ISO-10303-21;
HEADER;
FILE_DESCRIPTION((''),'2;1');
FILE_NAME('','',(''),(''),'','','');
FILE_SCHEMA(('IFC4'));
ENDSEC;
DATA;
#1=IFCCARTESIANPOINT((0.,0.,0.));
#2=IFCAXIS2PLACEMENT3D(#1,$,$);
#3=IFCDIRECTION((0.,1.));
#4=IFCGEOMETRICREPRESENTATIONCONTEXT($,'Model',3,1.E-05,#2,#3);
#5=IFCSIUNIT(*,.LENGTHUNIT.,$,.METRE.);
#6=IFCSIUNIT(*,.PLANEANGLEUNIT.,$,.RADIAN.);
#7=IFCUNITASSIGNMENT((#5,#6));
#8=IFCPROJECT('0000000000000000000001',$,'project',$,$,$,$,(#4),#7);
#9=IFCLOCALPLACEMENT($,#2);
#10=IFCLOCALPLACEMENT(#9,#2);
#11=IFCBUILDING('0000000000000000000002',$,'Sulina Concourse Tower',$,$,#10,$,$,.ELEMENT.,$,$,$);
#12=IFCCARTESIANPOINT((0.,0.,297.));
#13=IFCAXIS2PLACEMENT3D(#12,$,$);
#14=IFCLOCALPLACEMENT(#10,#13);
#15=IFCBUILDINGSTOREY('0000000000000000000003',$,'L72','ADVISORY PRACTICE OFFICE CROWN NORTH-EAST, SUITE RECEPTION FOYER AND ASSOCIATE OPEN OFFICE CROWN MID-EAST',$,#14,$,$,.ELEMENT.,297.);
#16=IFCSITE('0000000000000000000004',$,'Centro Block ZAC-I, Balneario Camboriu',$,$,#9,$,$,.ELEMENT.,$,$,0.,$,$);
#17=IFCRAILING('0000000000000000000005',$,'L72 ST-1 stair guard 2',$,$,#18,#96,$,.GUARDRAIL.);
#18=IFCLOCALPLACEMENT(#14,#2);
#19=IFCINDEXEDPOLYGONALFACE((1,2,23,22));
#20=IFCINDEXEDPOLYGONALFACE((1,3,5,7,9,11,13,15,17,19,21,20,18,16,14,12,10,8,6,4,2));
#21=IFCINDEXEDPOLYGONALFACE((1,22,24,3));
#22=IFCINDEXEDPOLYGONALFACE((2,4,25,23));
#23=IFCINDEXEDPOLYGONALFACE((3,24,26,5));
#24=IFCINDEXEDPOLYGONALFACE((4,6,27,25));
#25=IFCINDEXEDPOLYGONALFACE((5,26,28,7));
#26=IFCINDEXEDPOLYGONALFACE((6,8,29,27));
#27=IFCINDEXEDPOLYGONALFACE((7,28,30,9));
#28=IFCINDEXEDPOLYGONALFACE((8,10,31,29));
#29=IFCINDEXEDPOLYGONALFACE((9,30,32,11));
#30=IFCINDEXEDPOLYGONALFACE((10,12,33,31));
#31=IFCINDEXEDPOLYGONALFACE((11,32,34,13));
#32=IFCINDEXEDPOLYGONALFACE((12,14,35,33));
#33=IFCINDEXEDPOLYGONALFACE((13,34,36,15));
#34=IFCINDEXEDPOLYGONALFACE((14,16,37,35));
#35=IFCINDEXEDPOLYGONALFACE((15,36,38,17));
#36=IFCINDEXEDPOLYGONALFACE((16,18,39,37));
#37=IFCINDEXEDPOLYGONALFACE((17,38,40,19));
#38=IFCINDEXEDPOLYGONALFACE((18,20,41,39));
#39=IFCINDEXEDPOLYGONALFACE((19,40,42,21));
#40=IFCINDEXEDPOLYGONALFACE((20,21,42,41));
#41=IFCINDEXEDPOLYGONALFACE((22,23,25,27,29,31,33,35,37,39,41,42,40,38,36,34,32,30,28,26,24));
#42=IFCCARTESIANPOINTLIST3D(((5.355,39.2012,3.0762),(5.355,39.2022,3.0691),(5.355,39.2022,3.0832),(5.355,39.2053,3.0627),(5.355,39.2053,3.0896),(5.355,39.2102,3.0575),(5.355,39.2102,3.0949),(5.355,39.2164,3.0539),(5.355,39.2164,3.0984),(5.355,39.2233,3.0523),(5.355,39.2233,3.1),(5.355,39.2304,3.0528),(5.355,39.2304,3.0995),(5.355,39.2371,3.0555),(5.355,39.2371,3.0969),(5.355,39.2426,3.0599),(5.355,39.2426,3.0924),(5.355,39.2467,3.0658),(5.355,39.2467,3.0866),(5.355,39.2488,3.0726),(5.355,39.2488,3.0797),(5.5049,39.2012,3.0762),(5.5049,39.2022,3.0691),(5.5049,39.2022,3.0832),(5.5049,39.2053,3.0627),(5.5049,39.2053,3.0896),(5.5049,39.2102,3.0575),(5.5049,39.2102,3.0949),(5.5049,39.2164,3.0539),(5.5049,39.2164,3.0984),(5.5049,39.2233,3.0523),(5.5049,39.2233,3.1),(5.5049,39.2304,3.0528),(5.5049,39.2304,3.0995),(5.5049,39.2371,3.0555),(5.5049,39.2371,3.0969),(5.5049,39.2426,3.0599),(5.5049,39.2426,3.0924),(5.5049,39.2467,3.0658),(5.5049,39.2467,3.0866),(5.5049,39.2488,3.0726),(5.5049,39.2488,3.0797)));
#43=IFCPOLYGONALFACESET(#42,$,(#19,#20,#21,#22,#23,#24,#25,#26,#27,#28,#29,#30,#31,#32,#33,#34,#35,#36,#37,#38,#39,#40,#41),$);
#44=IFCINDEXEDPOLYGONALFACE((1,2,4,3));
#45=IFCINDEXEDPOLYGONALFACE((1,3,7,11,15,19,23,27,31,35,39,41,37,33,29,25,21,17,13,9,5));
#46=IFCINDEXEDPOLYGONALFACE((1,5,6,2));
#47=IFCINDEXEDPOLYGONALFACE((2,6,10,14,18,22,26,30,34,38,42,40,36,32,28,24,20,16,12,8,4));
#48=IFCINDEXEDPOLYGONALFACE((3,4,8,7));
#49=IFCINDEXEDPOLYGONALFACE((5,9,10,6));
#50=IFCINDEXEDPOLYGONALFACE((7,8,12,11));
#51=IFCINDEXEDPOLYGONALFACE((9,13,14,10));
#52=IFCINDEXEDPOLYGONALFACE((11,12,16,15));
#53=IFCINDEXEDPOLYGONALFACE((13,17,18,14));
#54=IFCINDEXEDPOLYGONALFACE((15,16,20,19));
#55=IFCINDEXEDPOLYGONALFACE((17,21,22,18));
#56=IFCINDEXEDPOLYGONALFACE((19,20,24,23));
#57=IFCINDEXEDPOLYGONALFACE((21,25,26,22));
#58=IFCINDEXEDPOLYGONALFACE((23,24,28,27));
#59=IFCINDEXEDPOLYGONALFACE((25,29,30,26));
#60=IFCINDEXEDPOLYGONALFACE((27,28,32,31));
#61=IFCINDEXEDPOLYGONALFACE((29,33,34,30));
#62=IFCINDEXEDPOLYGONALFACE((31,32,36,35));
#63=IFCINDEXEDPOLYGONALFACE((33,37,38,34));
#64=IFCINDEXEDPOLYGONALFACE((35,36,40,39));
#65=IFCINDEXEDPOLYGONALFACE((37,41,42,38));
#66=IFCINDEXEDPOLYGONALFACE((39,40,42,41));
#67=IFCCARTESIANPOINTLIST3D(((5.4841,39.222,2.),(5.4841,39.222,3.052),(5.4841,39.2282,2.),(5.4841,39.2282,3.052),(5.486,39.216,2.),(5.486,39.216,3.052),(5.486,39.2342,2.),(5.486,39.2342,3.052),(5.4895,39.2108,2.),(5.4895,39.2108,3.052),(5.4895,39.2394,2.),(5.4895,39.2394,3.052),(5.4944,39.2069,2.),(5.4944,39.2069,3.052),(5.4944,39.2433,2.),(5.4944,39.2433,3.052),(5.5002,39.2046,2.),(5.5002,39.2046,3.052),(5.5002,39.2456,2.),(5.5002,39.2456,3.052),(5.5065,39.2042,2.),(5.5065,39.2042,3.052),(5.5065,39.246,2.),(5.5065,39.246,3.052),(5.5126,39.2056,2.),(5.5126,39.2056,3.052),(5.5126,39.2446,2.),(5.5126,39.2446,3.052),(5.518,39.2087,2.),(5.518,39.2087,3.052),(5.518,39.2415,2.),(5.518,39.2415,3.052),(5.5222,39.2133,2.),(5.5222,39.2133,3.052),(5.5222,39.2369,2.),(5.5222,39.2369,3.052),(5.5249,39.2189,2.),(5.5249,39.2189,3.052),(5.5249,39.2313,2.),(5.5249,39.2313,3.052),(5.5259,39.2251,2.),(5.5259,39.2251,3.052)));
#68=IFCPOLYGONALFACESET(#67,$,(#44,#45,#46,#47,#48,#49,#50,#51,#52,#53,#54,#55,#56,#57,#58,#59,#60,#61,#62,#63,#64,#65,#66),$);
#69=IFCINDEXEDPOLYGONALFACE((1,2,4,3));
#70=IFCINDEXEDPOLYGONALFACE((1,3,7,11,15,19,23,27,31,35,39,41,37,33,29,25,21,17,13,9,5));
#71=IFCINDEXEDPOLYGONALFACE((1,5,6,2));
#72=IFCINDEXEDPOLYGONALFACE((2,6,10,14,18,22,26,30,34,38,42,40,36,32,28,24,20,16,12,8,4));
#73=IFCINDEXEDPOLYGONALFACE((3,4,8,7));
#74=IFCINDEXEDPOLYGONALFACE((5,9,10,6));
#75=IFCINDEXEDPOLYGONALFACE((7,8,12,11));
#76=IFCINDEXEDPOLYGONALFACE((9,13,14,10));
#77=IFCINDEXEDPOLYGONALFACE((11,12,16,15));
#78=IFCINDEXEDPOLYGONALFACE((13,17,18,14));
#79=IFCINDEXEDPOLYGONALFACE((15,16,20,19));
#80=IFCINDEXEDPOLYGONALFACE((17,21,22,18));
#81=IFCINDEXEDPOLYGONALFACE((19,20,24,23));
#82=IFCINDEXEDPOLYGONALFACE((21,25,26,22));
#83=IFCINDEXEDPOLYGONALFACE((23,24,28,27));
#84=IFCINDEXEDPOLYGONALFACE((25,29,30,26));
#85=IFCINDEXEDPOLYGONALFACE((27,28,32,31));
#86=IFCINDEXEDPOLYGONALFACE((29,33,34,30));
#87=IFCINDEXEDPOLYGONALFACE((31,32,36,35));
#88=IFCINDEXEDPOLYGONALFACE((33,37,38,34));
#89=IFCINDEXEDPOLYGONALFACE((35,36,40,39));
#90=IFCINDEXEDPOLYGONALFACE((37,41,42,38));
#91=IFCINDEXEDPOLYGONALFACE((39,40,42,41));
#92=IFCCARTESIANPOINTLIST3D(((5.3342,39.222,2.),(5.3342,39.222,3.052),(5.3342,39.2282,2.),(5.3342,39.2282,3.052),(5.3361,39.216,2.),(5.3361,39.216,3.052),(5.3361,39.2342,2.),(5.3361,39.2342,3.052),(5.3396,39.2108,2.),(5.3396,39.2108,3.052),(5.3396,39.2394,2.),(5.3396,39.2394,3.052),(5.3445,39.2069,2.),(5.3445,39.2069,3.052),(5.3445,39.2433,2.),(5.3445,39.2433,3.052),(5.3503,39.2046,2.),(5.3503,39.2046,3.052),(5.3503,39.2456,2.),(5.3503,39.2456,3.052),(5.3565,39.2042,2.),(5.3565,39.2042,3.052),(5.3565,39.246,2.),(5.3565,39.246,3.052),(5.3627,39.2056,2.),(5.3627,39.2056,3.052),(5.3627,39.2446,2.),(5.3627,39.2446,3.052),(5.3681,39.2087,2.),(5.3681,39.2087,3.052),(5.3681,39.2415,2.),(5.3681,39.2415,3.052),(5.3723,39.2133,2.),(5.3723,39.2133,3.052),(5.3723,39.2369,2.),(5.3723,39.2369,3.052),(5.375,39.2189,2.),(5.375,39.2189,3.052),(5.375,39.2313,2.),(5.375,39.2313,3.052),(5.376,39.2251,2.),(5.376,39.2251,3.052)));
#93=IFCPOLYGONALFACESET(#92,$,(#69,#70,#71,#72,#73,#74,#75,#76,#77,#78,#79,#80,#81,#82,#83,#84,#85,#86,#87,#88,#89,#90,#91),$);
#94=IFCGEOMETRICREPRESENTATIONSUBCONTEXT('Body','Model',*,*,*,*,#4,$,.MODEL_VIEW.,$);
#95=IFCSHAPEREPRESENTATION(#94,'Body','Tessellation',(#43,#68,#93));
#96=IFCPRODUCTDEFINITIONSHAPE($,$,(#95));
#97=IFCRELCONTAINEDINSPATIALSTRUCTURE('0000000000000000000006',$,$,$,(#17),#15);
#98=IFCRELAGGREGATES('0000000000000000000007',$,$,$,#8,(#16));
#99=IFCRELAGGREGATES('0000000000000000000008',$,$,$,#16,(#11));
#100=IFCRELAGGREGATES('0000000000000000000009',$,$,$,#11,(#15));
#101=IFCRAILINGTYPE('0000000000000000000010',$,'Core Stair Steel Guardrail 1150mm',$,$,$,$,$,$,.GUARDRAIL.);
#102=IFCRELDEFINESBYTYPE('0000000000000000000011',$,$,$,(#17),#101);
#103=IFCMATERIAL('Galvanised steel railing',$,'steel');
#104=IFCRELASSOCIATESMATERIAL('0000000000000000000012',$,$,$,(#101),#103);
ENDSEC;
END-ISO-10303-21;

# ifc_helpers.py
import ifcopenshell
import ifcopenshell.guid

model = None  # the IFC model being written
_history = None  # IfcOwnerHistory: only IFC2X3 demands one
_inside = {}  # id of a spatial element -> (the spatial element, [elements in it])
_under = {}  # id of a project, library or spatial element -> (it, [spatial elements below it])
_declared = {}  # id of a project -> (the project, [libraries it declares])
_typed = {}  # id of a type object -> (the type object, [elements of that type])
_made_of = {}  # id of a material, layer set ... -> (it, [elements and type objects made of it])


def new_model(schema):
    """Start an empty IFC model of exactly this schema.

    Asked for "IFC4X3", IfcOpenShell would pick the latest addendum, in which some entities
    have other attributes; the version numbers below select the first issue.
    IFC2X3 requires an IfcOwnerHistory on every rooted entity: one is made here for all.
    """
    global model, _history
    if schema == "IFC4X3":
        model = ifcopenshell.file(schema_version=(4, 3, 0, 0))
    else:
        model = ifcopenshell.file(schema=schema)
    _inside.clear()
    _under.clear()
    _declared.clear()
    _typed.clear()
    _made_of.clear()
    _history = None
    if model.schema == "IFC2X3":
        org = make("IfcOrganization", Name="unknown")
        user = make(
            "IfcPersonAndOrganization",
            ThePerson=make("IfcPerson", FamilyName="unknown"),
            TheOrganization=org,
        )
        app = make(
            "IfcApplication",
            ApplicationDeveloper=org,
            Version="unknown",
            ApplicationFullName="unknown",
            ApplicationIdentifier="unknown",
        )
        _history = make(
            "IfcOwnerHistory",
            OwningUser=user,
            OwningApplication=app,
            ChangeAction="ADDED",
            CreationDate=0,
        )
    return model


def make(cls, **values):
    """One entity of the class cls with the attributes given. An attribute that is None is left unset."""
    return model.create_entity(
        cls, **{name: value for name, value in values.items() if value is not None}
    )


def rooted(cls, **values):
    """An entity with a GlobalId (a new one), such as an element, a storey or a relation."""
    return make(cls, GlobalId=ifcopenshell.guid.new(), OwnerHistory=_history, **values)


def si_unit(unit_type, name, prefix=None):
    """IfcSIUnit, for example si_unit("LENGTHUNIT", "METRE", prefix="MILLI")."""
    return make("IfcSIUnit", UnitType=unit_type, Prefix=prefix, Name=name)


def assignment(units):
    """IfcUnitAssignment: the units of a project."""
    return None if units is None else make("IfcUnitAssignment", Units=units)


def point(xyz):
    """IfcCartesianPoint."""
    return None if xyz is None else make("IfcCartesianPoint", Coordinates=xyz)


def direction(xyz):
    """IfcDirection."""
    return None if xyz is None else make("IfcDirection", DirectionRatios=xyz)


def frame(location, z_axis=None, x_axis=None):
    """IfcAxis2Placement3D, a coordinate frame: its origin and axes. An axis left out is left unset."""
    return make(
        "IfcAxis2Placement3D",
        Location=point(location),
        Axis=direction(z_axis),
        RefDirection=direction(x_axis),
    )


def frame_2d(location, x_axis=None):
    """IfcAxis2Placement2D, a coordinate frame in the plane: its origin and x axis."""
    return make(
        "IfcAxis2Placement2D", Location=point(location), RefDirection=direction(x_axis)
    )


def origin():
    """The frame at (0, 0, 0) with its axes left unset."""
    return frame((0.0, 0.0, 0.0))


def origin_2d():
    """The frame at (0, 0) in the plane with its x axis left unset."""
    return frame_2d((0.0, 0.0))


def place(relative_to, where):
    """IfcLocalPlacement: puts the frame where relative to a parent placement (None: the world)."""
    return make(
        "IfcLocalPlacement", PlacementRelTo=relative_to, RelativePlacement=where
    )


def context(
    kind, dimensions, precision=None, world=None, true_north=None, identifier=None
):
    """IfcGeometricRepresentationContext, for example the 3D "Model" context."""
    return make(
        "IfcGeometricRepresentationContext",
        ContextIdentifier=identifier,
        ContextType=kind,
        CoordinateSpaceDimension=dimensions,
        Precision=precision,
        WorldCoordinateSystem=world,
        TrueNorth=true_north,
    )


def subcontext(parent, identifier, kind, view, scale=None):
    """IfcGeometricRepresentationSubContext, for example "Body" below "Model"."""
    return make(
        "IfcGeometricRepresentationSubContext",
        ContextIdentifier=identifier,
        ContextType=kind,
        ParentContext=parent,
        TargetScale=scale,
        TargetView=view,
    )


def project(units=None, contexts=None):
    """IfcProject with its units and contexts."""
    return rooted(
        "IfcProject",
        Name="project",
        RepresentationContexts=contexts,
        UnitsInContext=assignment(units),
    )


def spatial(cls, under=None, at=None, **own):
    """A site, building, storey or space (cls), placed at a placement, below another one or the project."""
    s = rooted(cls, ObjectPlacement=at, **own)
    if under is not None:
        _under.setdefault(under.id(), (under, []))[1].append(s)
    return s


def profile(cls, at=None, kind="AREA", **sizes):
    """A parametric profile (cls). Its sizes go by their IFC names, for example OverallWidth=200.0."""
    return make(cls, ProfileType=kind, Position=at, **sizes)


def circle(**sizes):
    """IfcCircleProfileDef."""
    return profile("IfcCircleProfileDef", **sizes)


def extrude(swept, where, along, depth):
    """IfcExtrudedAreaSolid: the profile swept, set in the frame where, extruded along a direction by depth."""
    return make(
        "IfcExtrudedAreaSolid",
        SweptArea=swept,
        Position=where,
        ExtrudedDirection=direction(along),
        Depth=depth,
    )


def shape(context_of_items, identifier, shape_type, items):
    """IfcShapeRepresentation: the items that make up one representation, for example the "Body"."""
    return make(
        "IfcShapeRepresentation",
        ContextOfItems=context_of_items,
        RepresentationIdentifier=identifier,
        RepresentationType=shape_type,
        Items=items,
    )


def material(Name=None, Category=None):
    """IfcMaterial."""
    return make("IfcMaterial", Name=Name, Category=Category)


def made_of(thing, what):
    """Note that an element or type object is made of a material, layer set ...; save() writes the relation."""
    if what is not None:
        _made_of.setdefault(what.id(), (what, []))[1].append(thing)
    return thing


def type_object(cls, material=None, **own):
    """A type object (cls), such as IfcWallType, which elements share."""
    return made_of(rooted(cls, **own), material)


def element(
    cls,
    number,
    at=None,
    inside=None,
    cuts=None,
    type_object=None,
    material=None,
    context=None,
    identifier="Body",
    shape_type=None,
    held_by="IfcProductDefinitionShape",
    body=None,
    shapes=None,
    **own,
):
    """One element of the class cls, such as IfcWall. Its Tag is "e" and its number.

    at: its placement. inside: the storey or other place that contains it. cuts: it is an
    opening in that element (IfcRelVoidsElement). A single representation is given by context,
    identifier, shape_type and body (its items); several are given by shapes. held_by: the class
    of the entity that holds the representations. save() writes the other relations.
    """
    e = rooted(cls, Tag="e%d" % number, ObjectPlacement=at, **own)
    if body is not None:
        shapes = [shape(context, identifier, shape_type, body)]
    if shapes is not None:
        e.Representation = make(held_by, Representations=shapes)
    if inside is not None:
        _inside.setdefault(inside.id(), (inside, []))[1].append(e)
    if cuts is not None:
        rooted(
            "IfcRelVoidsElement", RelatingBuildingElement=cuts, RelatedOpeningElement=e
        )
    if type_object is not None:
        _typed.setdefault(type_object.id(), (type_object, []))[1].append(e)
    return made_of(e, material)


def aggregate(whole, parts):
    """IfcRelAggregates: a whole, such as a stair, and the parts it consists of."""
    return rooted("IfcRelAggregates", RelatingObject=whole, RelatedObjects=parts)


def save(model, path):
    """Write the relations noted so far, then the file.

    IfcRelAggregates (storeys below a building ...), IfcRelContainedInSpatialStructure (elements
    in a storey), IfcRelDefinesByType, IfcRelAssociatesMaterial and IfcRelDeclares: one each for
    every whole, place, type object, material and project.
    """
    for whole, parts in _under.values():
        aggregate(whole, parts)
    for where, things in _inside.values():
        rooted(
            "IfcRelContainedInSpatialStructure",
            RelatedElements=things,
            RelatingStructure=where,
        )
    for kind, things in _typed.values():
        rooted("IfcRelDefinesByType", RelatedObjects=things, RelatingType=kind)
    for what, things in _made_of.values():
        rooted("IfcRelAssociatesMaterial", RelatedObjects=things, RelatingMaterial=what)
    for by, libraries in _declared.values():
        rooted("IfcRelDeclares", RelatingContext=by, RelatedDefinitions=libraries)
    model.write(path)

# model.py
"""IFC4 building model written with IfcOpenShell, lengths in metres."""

from ifc_helpers import new_model, si_unit, direction, frame, origin, origin_2d, place, context, subcontext, project, spatial, circle, extrude, material, type_object, element, save


model = new_model("IFC4")

# Units and contexts
model_context = context("Model", 3, precision=1e-05, world=origin(), true_north=direction((0.0, 1.0)))
body_context = subcontext(model_context, "Body", "Model", "MODEL_VIEW")
ifc_project = project(units=[si_unit("LENGTHUNIT", "METRE"), si_unit("PLANEANGLEUNIT", "RADIAN")], contexts=[model_context])

# Site, building, storey
site_placement = place(None, origin())
site = spatial("IfcSite", under=ifc_project, at=site_placement, Name="Centro Block ZAC-I, Balneario Camboriu", CompositionType="ELEMENT", RefElevation=0.0)
building_placement = place(site_placement, origin())
building = spatial("IfcBuilding", under=site, at=building_placement, Name="Sulina Concourse Tower", CompositionType="ELEMENT")
storey_placement = place(building_placement, frame((0.0, 0.0, 297.0)))
storey = spatial("IfcBuildingStorey", under=building, at=storey_placement, Name="L72", Description="ADVISORY PRACTICE OFFICE CROWN NORTH-EAST, SUITE RECEPTION FOYER AND ASSOCIATE OPEN OFFICE CROWN MID-EAST", CompositionType="ELEMENT", Elevation=297.0)

# Railing
ifc_material_1 = material(Name="Galvanised steel railing", Category="steel")
railing_type_1 = type_object("IfcRailingType", Name="Core Stair Steel Guardrail 1150mm", PredefinedType="GUARDRAIL", material=ifc_material_1)
railing_1_placement = place(storey_placement, frame((5.5049, 39.2251, 2.0)))
element("IfcRailing", 1, at=railing_1_placement, inside=storey, type_object=railing_type_1, Name="L72 ST-1 stair guard 2", PredefinedType="GUARDRAIL", context=body_context, shape_type="SweptSolid", body=[
    extrude(circle(Radius=0.0239, at=origin_2d()), frame((0.0, 0.0, 1.0762), z_axis=(-1.0, 0.0, 0.0), x_axis=(0.0, -1.0, 0.0)), (0.0, 0.0, 1.0), 0.1499),
    extrude(circle(Radius=0.021, at=origin_2d()), origin(), (0.0, 0.0, 1.0), 1.052),
    extrude(circle(Radius=0.021, at=origin_2d()), frame((-0.1499, 0.0, 0.0)), (0.0, 0.0, 1.0), 1.052),
])

save(model, "model.ifc")
